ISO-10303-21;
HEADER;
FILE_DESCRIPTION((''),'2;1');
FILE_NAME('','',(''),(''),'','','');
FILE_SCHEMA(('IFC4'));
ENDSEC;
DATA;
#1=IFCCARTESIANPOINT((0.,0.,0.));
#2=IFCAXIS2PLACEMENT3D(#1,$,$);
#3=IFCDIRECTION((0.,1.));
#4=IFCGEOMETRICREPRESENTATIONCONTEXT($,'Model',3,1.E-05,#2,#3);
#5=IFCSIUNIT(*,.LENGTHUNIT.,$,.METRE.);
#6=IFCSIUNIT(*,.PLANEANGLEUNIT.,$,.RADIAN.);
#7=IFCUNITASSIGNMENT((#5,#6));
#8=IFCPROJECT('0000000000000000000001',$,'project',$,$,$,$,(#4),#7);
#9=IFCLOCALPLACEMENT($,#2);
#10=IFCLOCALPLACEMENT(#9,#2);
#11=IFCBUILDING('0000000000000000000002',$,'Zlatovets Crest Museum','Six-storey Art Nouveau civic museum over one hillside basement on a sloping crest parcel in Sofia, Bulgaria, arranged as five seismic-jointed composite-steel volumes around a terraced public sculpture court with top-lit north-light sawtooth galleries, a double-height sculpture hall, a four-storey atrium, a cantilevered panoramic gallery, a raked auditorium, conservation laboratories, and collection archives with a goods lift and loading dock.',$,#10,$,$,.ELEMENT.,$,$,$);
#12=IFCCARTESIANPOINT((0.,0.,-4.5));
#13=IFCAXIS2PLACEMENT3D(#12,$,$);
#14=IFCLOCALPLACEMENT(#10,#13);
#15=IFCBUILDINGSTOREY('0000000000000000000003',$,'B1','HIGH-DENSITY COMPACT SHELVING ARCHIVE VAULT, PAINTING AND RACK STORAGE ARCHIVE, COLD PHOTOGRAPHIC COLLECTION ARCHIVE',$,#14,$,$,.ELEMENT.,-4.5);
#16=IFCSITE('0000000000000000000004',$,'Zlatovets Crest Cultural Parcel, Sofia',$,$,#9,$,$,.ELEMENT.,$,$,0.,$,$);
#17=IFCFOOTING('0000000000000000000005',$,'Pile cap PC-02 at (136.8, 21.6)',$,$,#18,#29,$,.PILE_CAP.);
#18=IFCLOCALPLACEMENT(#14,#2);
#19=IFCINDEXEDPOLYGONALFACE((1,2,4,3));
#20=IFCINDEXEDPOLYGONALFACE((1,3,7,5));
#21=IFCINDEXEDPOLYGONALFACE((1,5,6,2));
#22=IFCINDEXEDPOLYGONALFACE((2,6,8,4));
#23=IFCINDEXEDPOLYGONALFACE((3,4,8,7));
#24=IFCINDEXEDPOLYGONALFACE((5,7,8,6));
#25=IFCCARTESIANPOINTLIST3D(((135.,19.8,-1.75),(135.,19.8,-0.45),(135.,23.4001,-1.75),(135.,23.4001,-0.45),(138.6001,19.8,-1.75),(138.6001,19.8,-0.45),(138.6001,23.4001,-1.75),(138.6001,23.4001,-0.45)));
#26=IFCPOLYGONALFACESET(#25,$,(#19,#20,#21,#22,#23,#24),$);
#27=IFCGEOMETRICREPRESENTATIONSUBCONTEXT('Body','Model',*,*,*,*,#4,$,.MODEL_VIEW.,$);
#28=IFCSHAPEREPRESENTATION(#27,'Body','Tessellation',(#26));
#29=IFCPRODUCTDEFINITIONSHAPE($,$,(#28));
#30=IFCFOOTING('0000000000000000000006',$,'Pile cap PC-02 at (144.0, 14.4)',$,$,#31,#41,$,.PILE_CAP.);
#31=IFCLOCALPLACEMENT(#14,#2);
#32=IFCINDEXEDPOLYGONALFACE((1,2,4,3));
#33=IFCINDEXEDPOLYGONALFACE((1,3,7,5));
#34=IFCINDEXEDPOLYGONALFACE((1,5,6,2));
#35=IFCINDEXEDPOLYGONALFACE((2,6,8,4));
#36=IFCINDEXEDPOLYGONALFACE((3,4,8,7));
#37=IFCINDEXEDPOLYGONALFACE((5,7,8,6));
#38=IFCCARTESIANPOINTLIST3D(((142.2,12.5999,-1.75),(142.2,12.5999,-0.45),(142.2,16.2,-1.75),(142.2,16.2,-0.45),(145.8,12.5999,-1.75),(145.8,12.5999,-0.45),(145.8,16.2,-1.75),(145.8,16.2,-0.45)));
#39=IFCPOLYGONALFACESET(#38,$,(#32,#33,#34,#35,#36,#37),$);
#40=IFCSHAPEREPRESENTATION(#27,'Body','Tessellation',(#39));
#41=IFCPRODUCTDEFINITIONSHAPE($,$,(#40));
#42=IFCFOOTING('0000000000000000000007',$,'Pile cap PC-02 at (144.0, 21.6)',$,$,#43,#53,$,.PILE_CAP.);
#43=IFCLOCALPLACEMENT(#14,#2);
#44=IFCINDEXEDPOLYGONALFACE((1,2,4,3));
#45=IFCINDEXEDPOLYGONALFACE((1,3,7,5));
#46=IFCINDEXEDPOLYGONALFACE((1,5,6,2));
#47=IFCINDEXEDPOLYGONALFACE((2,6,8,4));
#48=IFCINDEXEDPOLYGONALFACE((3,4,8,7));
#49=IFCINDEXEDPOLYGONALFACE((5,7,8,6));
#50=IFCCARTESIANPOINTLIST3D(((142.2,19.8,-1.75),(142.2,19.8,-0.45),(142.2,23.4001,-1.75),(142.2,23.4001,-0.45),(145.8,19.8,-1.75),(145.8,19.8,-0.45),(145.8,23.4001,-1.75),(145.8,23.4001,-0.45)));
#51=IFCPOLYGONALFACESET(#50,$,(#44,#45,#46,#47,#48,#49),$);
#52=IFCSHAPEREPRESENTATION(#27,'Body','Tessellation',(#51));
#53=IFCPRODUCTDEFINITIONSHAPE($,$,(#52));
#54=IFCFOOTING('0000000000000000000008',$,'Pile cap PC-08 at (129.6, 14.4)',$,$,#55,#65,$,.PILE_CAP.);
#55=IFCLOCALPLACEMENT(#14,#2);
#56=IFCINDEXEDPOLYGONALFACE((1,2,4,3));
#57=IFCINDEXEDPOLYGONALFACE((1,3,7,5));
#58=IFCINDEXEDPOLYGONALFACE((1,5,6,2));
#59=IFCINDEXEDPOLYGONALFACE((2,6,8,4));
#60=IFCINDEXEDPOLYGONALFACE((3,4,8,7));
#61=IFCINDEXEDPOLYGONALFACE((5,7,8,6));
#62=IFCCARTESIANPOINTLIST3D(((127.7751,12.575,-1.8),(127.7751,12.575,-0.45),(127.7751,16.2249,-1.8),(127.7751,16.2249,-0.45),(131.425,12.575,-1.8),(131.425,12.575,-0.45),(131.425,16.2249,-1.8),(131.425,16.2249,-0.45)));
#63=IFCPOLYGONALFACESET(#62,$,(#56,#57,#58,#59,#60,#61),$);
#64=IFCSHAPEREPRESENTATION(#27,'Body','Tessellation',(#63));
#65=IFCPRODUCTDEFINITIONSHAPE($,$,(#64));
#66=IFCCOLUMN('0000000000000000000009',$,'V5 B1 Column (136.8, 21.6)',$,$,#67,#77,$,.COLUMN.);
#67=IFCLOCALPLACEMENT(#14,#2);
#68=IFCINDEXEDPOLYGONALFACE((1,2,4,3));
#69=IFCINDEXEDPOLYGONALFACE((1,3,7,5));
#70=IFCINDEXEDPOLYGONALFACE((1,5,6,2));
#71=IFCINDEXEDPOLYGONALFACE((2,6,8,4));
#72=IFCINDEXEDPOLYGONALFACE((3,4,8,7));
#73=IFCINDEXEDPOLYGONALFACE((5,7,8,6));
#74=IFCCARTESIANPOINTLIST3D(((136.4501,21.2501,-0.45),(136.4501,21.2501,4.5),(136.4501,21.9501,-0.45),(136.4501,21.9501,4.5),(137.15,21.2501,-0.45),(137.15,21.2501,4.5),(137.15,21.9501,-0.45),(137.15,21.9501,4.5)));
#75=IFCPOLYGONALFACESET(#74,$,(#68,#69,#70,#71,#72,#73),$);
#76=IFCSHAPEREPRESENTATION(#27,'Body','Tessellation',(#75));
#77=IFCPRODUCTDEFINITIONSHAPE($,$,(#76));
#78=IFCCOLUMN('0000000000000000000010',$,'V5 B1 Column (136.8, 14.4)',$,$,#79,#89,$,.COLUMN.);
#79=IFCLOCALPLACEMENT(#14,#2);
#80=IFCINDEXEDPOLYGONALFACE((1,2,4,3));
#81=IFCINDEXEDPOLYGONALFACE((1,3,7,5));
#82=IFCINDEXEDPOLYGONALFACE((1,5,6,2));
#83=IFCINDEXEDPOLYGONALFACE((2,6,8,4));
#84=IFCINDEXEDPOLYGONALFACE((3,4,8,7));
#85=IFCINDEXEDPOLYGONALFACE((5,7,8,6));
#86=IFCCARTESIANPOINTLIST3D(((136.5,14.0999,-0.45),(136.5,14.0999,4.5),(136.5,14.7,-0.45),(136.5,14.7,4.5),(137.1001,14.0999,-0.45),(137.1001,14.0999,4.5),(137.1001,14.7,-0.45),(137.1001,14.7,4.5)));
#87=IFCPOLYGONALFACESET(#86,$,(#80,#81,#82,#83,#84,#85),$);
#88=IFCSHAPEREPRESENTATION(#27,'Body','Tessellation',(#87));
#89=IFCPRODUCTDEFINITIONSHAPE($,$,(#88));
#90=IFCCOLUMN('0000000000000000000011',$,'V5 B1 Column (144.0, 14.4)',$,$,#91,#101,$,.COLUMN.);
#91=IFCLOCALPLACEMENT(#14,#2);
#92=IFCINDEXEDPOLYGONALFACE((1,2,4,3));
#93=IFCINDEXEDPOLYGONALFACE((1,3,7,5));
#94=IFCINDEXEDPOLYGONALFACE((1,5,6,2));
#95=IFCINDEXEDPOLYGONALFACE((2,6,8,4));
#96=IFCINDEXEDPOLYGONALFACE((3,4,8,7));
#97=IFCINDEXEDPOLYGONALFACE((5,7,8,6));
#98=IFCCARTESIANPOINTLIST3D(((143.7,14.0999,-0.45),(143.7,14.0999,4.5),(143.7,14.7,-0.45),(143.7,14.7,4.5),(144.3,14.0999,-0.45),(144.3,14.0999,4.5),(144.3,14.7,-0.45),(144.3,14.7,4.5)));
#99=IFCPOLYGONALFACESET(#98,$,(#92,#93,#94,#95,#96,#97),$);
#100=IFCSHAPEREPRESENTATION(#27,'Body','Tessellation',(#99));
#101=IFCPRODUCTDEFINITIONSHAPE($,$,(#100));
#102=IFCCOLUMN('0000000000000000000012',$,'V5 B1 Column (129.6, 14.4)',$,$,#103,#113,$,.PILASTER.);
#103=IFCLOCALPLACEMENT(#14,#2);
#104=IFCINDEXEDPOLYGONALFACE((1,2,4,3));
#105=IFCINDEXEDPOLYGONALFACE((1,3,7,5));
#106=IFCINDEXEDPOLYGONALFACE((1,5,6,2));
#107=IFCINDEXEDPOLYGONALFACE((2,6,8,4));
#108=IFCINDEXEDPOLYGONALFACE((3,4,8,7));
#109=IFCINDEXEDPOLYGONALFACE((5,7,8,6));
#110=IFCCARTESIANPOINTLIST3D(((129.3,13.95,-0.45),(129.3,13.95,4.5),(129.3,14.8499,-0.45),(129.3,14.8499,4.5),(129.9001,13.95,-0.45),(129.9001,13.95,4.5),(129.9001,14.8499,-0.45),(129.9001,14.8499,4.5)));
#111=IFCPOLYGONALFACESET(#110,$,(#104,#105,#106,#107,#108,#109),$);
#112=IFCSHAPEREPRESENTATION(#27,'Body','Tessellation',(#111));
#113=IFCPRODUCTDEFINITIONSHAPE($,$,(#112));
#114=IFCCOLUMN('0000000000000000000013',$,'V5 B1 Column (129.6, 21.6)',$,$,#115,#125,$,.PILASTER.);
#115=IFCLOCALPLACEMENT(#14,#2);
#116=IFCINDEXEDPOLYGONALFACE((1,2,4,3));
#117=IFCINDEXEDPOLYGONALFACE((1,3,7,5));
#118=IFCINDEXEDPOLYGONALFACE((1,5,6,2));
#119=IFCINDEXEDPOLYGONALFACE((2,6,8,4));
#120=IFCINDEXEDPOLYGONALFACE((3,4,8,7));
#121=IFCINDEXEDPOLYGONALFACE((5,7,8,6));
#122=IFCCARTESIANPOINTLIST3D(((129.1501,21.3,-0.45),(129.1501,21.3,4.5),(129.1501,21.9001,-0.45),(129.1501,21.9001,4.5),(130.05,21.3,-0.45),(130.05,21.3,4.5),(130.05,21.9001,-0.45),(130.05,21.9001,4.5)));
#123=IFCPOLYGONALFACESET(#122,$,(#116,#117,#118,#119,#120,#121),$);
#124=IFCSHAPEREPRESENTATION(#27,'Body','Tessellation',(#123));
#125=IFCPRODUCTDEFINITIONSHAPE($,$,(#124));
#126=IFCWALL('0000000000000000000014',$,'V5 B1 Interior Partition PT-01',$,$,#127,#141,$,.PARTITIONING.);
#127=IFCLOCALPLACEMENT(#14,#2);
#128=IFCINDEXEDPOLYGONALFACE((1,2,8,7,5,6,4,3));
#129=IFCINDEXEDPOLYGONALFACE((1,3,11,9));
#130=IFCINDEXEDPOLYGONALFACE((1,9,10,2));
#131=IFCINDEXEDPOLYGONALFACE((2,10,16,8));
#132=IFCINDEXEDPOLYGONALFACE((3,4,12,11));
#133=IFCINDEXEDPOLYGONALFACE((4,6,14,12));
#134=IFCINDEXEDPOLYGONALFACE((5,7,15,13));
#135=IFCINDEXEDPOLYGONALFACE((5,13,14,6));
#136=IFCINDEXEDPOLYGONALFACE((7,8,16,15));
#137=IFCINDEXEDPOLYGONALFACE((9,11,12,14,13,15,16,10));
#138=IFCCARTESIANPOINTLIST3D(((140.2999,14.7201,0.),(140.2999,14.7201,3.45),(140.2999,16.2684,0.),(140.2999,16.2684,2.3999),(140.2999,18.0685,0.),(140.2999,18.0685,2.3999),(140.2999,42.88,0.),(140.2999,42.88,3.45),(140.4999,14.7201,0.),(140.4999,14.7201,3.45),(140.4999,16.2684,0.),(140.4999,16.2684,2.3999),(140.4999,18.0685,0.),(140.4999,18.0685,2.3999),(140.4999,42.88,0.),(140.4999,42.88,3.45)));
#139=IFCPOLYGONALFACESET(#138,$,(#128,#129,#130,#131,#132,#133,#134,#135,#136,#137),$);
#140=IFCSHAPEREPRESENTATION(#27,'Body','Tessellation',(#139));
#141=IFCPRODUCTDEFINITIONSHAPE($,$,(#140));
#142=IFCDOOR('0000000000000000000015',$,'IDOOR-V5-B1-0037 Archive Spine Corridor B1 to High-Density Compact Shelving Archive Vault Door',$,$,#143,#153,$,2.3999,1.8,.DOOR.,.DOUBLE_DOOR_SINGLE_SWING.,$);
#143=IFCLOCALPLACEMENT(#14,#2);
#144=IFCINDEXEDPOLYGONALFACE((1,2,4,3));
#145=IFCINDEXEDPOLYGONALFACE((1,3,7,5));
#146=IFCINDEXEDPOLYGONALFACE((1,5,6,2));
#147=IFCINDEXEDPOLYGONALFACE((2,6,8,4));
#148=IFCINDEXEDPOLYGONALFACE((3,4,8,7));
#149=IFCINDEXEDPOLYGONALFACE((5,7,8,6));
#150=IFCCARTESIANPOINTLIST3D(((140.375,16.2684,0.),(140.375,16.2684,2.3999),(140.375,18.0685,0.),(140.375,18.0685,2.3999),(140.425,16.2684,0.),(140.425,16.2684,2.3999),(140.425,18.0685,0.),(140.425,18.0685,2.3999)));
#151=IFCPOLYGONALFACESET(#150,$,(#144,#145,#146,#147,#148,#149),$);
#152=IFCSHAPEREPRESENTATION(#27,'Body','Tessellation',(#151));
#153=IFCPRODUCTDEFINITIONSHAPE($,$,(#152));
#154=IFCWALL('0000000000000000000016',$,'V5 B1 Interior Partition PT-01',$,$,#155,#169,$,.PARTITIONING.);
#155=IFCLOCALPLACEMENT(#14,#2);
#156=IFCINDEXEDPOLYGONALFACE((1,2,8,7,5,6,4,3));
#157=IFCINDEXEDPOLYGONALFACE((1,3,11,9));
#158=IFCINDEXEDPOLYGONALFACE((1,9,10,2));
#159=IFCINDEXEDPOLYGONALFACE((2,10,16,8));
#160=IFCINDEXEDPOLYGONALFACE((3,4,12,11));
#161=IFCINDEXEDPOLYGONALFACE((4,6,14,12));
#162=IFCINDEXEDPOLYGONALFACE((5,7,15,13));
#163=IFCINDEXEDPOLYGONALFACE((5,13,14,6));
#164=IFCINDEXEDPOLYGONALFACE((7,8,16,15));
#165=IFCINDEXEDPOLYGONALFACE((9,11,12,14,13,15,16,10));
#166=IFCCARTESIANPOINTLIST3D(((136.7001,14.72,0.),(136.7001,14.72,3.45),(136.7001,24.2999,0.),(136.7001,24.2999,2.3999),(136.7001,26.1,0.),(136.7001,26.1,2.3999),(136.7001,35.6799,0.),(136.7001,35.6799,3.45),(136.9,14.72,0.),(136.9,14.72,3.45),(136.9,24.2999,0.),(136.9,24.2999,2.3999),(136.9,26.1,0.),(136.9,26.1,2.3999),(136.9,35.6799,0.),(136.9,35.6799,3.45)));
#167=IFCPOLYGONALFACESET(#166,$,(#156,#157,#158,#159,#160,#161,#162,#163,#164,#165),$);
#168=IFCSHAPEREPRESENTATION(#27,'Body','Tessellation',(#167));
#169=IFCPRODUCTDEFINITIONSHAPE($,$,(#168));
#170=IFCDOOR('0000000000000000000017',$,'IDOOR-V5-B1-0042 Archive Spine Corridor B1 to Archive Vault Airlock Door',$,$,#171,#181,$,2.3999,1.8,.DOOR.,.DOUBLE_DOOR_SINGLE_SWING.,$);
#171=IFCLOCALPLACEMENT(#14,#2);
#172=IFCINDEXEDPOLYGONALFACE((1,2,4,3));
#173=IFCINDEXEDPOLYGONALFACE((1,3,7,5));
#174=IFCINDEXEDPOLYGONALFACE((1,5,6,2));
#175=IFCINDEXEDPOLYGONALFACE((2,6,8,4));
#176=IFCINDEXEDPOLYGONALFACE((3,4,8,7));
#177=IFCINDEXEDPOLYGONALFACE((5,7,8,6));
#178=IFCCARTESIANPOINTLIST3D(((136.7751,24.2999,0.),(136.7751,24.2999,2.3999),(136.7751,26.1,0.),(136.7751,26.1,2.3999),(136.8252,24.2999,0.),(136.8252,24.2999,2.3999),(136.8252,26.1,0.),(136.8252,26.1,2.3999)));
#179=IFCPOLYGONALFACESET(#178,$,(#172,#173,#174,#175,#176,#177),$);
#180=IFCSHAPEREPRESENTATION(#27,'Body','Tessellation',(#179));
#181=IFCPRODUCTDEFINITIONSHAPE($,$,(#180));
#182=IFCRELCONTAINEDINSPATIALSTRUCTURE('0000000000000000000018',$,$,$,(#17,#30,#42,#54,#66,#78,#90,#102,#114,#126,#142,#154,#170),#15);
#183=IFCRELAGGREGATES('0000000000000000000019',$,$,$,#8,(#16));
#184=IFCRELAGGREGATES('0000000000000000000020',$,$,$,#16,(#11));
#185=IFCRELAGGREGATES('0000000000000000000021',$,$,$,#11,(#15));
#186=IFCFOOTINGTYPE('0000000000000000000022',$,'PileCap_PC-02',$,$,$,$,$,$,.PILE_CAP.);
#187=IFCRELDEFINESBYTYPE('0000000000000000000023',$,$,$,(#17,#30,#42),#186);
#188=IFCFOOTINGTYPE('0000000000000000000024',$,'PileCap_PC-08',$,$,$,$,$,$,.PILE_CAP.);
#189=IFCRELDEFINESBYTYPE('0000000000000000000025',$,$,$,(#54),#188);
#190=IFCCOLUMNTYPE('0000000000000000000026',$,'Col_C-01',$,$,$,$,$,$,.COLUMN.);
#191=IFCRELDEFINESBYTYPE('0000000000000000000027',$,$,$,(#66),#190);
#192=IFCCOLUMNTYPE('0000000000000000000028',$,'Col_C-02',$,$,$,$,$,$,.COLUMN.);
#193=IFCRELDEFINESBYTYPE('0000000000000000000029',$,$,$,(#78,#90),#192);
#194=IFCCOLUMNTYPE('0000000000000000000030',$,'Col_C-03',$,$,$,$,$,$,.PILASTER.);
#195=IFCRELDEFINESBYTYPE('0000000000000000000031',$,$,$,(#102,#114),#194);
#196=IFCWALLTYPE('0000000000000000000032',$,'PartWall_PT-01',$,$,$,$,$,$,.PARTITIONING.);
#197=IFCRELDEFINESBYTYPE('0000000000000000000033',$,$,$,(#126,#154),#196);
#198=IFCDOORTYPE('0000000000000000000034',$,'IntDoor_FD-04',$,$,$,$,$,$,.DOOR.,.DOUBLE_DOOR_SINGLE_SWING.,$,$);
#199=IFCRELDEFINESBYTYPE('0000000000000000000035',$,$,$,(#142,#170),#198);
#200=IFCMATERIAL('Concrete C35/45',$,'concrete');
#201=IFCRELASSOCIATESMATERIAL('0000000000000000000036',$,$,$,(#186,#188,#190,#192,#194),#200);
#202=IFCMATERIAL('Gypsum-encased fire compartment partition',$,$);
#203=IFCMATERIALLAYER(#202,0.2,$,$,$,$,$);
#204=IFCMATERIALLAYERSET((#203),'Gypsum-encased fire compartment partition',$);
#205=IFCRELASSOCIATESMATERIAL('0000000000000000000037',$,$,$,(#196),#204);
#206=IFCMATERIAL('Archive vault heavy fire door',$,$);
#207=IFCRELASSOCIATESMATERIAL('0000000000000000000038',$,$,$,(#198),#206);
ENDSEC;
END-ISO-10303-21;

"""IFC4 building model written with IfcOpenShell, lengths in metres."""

from ifc_helpers import new_model, si_unit, direction, frame, frame_2d, origin, origin_2d, place, context, subcontext, project, spatial, rectangle, extrude, material, layer, layer_set, material_profile, profile_set, type_object, element, fill, save


model = new_model("IFC4")

# Units and contexts
model_context = context("Model", 3, precision=1e-05, world=origin(), true_north=direction((0.0, 1.0)))
body_context = subcontext(model_context, "Body", "Model", "MODEL_VIEW")
ifc_project = project(units=[si_unit("LENGTHUNIT", "METRE"), si_unit("PLANEANGLEUNIT", "RADIAN")], contexts=[model_context])

# Site, building, storey
site_placement = place(None, origin())
site = spatial("IfcSite", under=ifc_project, at=site_placement, Name="Zlatovets Crest Cultural Parcel, Sofia", CompositionType="ELEMENT", RefElevation=0.0)
building_placement = place(site_placement, origin())
building = spatial("IfcBuilding", under=site, at=building_placement, Name="Zlatovets Crest Museum", Description="Six-storey Art Nouveau civic museum over one hillside basement on a sloping crest parcel in Sofia, Bulgaria, arranged as five seismic-jointed composite-steel volumes around a terraced public sculpture court with top-lit north-light sawtooth galleries, a double-height sculpture hall, a four-storey atrium, a cantilevered panoramic gallery, a raked auditorium, conservation laboratories, and collection archives with a goods lift and loading dock.", CompositionType="ELEMENT")
storey_placement = place(building_placement, frame((0.0, 0.0, -4.5)))
storey = spatial("IfcBuildingStorey", under=building, at=storey_placement, Name="B1", Description="HIGH-DENSITY COMPACT SHELVING ARCHIVE VAULT, PAINTING AND RACK STORAGE ARCHIVE, COLD PHOTOGRAPHIC COLLECTION ARCHIVE", CompositionType="ELEMENT", Elevation=-4.5)

# Shared definitions
ifc_material_1 = material(Name="Concrete C35/45", Category="concrete")

# Footings
footing_type_1 = type_object("IfcFootingType", Name="PileCap_PC-02", PredefinedType="PILE_CAP", material=ifc_material_1)
for number, where, z_axis, x_axis, name in (
    (1, (136.8, 21.6001, -1.75), (0.0, 0.0, 1.0), (1.0, 0.0, 0.0), "Pile cap PC-02 at (136.8, 21.6)"),
    (2, (144.0, 14.3999, -1.75), (0.0, 0.0, 1.0), (1.0, 0.0, 0.0), "Pile cap PC-02 at (144.0, 14.4)"),
    (3, (144.0, 21.6001, -1.75), (0.0, 0.0, 1.0), (1.0, 0.0, 0.0), "Pile cap PC-02 at (144.0, 21.6)"),
):
    element("IfcFooting", number, at=place(storey_placement, frame(where, z_axis=z_axis, x_axis=x_axis)), inside=storey, type_object=footing_type_1, Name=name, PredefinedType="PILE_CAP", context=body_context, shape_type="SweptSolid", body=[
        extrude(rectangle(XDim=3.6001, YDim=3.6001, at=origin_2d()), origin(), (0.0, 0.0, 1.0), 1.3),
    ])
footing_type_2 = type_object("IfcFootingType", Name="PileCap_PC-08", PredefinedType="PILE_CAP", material=ifc_material_1)
footing_1_placement = place(storey_placement, frame((129.6001, 14.3999, -1.8), z_axis=(0.0, 0.0, 1.0), x_axis=(1.0, 0.0, 0.0)))
element("IfcFooting", 4, at=footing_1_placement, inside=storey, type_object=footing_type_2, Name="Pile cap PC-08 at (129.6, 14.4)", PredefinedType="PILE_CAP", context=body_context, shape_type="SweptSolid", body=[
    extrude(rectangle(XDim=3.6499, YDim=3.6499, at=origin_2d()), origin(), (0.0, 0.0, 1.0), 1.3501),
])

# Columns
ifc_material_profile_1 = material_profile(ifc_material_1, rectangle(XDim=0.7, YDim=0.7, at=origin_2d()), Name="RC 700x700")
ifc_profile_set_1 = profile_set([ifc_material_profile_1], Name="Concrete C35/45")
column_type_1 = type_object("IfcColumnType", Name="Col_C-01", PredefinedType="COLUMN", material=ifc_profile_set_1)
column_placement = place(storey_placement, frame((136.8, 21.6001, -0.45), z_axis=(0.0, 0.0, 1.0), x_axis=(1.0, 0.0, 0.0)))
element("IfcColumn", 5, at=column_placement, inside=storey, type_object=column_type_1, Name="V5 B1 Column (136.8, 21.6)", PredefinedType="COLUMN", context=body_context, shape_type="SweptSolid", body=[
    extrude(rectangle(XDim=0.7, YDim=0.7, at=origin_2d()), origin(), (0.0, 0.0, 1.0), 4.95),
])
ifc_material_profile_2 = material_profile(ifc_material_1, rectangle(XDim=0.6001, YDim=0.6001, at=origin_2d()), Name="RC 600x600")
ifc_profile_set_2 = profile_set([ifc_material_profile_2], Name="Concrete C35/45")
column_type_2 = type_object("IfcColumnType", Name="Col_C-02", PredefinedType="COLUMN", material=ifc_profile_set_2)
for number, where, z_axis, x_axis, name in (
    (6, (136.8, 14.3999, -0.45), (0.0, 0.0, 1.0), (0.0, 1.0, 0.0), "V5 B1 Column (136.8, 14.4)"),
    (7, (144.0, 14.3999, -0.45), (0.0, 0.0, 1.0), (1.0, 0.0, 0.0), "V5 B1 Column (144.0, 14.4)"),
):
    element("IfcColumn", number, at=place(storey_placement, frame(where, z_axis=z_axis, x_axis=x_axis)), inside=storey, type_object=column_type_2, Name=name, PredefinedType="COLUMN", context=body_context, shape_type="SweptSolid", body=[
        extrude(rectangle(XDim=0.6001, YDim=0.6001, at=origin_2d()), origin(), (0.0, 0.0, 1.0), 4.95),
    ])
ifc_material_profile_3 = material_profile(ifc_material_1, rectangle(XDim=0.6001, YDim=0.8999, at=origin_2d()), Name="RC 600x900")
ifc_profile_set_3 = profile_set([ifc_material_profile_3], Name="Concrete C35/45")
column_type_3 = type_object("IfcColumnType", Name="Col_C-03", PredefinedType="PILASTER", material=ifc_profile_set_3)
for number, where, z_axis, x_axis, name in (
    (8, (129.6001, 14.3999, -0.45), (0.0, 0.0, 1.0), (1.0, 0.0, 0.0), "V5 B1 Column (129.6, 14.4)"),
    (9, (129.6001, 21.6001, -0.45), (0.0, 0.0, 1.0), (0.0, 1.0, 0.0), "V5 B1 Column (129.6, 21.6)"),
):
    element("IfcColumn", number, at=place(storey_placement, frame(where, z_axis=z_axis, x_axis=x_axis)), inside=storey, type_object=column_type_3, Name=name, PredefinedType="PILASTER", context=body_context, shape_type="SweptSolid", body=[
        extrude(rectangle(XDim=0.6001, YDim=0.8999, at=origin_2d()), origin(), (0.0, 0.0, 1.0), 4.95),
    ])

# Walls, openings, doors
ifc_material_2 = material(Name="Gypsum-encased fire compartment partition")
ifc_layer_1 = layer(ifc_material_2, 0.2)
ifc_layer_set_1 = layer_set([ifc_layer_1], Name="Gypsum-encased fire compartment partition")
wall_type_1 = type_object("IfcWallType", Name="PartWall_PT-01", PredefinedType="PARTITIONING", material=ifc_layer_set_1)
wall_1_placement = place(storey_placement, frame((140.3999, 14.72, 0.0), z_axis=(0.0, 0.0, 1.0), x_axis=(0.0, 1.0, 0.0)))
wall_1 = element("IfcWall", 10, at=wall_1_placement, inside=storey, type_object=wall_type_1, Name="V5 B1 Interior Partition PT-01", PredefinedType="PARTITIONING", context=body_context, shape_type="SweptSolid", body=[
    extrude(rectangle(XDim=28.1599, YDim=0.2, at=frame_2d((14.0801, 0.0))), origin(), (0.0, 0.0, 1.0), 3.45),
])
opening_1_placement = place(wall_1_placement, frame((1.5486, 0.0, 0.0)))
opening_1 = element("IfcOpeningElement", 11, at=opening_1_placement, cuts=wall_1, PredefinedType="OPENING", context=body_context, shape_type="SweptSolid", body=[
    extrude(rectangle(XDim=1.8, YDim=2.3999, at=frame_2d((0.8999, 1.2))), frame((0.0, 0.1099, 0.0), z_axis=(0.0, -1.0, 0.0), x_axis=(1.0, 0.0, 0.0)), (0.0, 0.0, 1.0), 0.22),
])
ifc_material_3 = material(Name="Archive vault heavy fire door")
door_type = type_object("IfcDoorType", Name="IntDoor_FD-04", OperationType="DOUBLE_DOOR_SINGLE_SWING", PredefinedType="DOOR", material=ifc_material_3)
door_1_placement = place(opening_1_placement, origin())
door_1 = element("IfcDoor", 12, at=door_1_placement, inside=storey, type_object=door_type, Name="IDOOR-V5-B1-0037 Archive Spine Corridor B1 to High-Density Compact Shelving Archive Vault Door", OperationType="DOUBLE_DOOR_SINGLE_SWING", OverallHeight=2.3999, OverallWidth=1.8, PredefinedType="DOOR", context=body_context, shape_type="SweptSolid", body=[
    extrude(rectangle(XDim=1.8, YDim=2.3999, at=frame_2d((0.8999, 1.2))), frame((0.0, 0.0249, 0.0), z_axis=(0.0, -1.0, 0.0), x_axis=(1.0, 0.0, 0.0)), (0.0, 0.0, 1.0), 0.05),
])
fill(opening_1, door_1)
wall_2_placement = place(storey_placement, frame((136.8, 14.72, 0.0), z_axis=(0.0, 0.0, 1.0), x_axis=(0.0, 1.0, 0.0)))
wall_2 = element("IfcWall", 13, at=wall_2_placement, inside=storey, type_object=wall_type_1, Name="V5 B1 Interior Partition PT-01", PredefinedType="PARTITIONING", context=body_context, shape_type="SweptSolid", body=[
    extrude(rectangle(XDim=20.96, YDim=0.2, at=frame_2d((10.48, 0.0))), origin(), (0.0, 0.0, 1.0), 3.45),
])
opening_2_placement = place(wall_2_placement, frame((9.5801, 0.0, 0.0)))
opening_2 = element("IfcOpeningElement", 14, at=opening_2_placement, cuts=wall_2, PredefinedType="OPENING", context=body_context, shape_type="SweptSolid", body=[
    extrude(rectangle(XDim=1.8, YDim=2.3999, at=frame_2d((0.8999, 1.2))), frame((0.0, 0.1099, 0.0), z_axis=(0.0, -1.0, 0.0), x_axis=(1.0, 0.0, 0.0)), (0.0, 0.0, 1.0), 0.22),
])
door_2_placement = place(opening_2_placement, origin())
door_2 = element("IfcDoor", 15, at=door_2_placement, inside=storey, type_object=door_type, Name="IDOOR-V5-B1-0042 Archive Spine Corridor B1 to Archive Vault Airlock Door", OperationType="DOUBLE_DOOR_SINGLE_SWING", OverallHeight=2.3999, OverallWidth=1.8, PredefinedType="DOOR", context=body_context, shape_type="SweptSolid", body=[
    extrude(rectangle(XDim=1.8, YDim=2.3999, at=frame_2d((0.8999, 1.2))), frame((0.0, 0.0249, 0.0), z_axis=(0.0, -1.0, 0.0), x_axis=(1.0, 0.0, 0.0)), (0.0, 0.0, 1.0), 0.05),
])
fill(opening_2, door_2)

save(model, "model.ifc")
